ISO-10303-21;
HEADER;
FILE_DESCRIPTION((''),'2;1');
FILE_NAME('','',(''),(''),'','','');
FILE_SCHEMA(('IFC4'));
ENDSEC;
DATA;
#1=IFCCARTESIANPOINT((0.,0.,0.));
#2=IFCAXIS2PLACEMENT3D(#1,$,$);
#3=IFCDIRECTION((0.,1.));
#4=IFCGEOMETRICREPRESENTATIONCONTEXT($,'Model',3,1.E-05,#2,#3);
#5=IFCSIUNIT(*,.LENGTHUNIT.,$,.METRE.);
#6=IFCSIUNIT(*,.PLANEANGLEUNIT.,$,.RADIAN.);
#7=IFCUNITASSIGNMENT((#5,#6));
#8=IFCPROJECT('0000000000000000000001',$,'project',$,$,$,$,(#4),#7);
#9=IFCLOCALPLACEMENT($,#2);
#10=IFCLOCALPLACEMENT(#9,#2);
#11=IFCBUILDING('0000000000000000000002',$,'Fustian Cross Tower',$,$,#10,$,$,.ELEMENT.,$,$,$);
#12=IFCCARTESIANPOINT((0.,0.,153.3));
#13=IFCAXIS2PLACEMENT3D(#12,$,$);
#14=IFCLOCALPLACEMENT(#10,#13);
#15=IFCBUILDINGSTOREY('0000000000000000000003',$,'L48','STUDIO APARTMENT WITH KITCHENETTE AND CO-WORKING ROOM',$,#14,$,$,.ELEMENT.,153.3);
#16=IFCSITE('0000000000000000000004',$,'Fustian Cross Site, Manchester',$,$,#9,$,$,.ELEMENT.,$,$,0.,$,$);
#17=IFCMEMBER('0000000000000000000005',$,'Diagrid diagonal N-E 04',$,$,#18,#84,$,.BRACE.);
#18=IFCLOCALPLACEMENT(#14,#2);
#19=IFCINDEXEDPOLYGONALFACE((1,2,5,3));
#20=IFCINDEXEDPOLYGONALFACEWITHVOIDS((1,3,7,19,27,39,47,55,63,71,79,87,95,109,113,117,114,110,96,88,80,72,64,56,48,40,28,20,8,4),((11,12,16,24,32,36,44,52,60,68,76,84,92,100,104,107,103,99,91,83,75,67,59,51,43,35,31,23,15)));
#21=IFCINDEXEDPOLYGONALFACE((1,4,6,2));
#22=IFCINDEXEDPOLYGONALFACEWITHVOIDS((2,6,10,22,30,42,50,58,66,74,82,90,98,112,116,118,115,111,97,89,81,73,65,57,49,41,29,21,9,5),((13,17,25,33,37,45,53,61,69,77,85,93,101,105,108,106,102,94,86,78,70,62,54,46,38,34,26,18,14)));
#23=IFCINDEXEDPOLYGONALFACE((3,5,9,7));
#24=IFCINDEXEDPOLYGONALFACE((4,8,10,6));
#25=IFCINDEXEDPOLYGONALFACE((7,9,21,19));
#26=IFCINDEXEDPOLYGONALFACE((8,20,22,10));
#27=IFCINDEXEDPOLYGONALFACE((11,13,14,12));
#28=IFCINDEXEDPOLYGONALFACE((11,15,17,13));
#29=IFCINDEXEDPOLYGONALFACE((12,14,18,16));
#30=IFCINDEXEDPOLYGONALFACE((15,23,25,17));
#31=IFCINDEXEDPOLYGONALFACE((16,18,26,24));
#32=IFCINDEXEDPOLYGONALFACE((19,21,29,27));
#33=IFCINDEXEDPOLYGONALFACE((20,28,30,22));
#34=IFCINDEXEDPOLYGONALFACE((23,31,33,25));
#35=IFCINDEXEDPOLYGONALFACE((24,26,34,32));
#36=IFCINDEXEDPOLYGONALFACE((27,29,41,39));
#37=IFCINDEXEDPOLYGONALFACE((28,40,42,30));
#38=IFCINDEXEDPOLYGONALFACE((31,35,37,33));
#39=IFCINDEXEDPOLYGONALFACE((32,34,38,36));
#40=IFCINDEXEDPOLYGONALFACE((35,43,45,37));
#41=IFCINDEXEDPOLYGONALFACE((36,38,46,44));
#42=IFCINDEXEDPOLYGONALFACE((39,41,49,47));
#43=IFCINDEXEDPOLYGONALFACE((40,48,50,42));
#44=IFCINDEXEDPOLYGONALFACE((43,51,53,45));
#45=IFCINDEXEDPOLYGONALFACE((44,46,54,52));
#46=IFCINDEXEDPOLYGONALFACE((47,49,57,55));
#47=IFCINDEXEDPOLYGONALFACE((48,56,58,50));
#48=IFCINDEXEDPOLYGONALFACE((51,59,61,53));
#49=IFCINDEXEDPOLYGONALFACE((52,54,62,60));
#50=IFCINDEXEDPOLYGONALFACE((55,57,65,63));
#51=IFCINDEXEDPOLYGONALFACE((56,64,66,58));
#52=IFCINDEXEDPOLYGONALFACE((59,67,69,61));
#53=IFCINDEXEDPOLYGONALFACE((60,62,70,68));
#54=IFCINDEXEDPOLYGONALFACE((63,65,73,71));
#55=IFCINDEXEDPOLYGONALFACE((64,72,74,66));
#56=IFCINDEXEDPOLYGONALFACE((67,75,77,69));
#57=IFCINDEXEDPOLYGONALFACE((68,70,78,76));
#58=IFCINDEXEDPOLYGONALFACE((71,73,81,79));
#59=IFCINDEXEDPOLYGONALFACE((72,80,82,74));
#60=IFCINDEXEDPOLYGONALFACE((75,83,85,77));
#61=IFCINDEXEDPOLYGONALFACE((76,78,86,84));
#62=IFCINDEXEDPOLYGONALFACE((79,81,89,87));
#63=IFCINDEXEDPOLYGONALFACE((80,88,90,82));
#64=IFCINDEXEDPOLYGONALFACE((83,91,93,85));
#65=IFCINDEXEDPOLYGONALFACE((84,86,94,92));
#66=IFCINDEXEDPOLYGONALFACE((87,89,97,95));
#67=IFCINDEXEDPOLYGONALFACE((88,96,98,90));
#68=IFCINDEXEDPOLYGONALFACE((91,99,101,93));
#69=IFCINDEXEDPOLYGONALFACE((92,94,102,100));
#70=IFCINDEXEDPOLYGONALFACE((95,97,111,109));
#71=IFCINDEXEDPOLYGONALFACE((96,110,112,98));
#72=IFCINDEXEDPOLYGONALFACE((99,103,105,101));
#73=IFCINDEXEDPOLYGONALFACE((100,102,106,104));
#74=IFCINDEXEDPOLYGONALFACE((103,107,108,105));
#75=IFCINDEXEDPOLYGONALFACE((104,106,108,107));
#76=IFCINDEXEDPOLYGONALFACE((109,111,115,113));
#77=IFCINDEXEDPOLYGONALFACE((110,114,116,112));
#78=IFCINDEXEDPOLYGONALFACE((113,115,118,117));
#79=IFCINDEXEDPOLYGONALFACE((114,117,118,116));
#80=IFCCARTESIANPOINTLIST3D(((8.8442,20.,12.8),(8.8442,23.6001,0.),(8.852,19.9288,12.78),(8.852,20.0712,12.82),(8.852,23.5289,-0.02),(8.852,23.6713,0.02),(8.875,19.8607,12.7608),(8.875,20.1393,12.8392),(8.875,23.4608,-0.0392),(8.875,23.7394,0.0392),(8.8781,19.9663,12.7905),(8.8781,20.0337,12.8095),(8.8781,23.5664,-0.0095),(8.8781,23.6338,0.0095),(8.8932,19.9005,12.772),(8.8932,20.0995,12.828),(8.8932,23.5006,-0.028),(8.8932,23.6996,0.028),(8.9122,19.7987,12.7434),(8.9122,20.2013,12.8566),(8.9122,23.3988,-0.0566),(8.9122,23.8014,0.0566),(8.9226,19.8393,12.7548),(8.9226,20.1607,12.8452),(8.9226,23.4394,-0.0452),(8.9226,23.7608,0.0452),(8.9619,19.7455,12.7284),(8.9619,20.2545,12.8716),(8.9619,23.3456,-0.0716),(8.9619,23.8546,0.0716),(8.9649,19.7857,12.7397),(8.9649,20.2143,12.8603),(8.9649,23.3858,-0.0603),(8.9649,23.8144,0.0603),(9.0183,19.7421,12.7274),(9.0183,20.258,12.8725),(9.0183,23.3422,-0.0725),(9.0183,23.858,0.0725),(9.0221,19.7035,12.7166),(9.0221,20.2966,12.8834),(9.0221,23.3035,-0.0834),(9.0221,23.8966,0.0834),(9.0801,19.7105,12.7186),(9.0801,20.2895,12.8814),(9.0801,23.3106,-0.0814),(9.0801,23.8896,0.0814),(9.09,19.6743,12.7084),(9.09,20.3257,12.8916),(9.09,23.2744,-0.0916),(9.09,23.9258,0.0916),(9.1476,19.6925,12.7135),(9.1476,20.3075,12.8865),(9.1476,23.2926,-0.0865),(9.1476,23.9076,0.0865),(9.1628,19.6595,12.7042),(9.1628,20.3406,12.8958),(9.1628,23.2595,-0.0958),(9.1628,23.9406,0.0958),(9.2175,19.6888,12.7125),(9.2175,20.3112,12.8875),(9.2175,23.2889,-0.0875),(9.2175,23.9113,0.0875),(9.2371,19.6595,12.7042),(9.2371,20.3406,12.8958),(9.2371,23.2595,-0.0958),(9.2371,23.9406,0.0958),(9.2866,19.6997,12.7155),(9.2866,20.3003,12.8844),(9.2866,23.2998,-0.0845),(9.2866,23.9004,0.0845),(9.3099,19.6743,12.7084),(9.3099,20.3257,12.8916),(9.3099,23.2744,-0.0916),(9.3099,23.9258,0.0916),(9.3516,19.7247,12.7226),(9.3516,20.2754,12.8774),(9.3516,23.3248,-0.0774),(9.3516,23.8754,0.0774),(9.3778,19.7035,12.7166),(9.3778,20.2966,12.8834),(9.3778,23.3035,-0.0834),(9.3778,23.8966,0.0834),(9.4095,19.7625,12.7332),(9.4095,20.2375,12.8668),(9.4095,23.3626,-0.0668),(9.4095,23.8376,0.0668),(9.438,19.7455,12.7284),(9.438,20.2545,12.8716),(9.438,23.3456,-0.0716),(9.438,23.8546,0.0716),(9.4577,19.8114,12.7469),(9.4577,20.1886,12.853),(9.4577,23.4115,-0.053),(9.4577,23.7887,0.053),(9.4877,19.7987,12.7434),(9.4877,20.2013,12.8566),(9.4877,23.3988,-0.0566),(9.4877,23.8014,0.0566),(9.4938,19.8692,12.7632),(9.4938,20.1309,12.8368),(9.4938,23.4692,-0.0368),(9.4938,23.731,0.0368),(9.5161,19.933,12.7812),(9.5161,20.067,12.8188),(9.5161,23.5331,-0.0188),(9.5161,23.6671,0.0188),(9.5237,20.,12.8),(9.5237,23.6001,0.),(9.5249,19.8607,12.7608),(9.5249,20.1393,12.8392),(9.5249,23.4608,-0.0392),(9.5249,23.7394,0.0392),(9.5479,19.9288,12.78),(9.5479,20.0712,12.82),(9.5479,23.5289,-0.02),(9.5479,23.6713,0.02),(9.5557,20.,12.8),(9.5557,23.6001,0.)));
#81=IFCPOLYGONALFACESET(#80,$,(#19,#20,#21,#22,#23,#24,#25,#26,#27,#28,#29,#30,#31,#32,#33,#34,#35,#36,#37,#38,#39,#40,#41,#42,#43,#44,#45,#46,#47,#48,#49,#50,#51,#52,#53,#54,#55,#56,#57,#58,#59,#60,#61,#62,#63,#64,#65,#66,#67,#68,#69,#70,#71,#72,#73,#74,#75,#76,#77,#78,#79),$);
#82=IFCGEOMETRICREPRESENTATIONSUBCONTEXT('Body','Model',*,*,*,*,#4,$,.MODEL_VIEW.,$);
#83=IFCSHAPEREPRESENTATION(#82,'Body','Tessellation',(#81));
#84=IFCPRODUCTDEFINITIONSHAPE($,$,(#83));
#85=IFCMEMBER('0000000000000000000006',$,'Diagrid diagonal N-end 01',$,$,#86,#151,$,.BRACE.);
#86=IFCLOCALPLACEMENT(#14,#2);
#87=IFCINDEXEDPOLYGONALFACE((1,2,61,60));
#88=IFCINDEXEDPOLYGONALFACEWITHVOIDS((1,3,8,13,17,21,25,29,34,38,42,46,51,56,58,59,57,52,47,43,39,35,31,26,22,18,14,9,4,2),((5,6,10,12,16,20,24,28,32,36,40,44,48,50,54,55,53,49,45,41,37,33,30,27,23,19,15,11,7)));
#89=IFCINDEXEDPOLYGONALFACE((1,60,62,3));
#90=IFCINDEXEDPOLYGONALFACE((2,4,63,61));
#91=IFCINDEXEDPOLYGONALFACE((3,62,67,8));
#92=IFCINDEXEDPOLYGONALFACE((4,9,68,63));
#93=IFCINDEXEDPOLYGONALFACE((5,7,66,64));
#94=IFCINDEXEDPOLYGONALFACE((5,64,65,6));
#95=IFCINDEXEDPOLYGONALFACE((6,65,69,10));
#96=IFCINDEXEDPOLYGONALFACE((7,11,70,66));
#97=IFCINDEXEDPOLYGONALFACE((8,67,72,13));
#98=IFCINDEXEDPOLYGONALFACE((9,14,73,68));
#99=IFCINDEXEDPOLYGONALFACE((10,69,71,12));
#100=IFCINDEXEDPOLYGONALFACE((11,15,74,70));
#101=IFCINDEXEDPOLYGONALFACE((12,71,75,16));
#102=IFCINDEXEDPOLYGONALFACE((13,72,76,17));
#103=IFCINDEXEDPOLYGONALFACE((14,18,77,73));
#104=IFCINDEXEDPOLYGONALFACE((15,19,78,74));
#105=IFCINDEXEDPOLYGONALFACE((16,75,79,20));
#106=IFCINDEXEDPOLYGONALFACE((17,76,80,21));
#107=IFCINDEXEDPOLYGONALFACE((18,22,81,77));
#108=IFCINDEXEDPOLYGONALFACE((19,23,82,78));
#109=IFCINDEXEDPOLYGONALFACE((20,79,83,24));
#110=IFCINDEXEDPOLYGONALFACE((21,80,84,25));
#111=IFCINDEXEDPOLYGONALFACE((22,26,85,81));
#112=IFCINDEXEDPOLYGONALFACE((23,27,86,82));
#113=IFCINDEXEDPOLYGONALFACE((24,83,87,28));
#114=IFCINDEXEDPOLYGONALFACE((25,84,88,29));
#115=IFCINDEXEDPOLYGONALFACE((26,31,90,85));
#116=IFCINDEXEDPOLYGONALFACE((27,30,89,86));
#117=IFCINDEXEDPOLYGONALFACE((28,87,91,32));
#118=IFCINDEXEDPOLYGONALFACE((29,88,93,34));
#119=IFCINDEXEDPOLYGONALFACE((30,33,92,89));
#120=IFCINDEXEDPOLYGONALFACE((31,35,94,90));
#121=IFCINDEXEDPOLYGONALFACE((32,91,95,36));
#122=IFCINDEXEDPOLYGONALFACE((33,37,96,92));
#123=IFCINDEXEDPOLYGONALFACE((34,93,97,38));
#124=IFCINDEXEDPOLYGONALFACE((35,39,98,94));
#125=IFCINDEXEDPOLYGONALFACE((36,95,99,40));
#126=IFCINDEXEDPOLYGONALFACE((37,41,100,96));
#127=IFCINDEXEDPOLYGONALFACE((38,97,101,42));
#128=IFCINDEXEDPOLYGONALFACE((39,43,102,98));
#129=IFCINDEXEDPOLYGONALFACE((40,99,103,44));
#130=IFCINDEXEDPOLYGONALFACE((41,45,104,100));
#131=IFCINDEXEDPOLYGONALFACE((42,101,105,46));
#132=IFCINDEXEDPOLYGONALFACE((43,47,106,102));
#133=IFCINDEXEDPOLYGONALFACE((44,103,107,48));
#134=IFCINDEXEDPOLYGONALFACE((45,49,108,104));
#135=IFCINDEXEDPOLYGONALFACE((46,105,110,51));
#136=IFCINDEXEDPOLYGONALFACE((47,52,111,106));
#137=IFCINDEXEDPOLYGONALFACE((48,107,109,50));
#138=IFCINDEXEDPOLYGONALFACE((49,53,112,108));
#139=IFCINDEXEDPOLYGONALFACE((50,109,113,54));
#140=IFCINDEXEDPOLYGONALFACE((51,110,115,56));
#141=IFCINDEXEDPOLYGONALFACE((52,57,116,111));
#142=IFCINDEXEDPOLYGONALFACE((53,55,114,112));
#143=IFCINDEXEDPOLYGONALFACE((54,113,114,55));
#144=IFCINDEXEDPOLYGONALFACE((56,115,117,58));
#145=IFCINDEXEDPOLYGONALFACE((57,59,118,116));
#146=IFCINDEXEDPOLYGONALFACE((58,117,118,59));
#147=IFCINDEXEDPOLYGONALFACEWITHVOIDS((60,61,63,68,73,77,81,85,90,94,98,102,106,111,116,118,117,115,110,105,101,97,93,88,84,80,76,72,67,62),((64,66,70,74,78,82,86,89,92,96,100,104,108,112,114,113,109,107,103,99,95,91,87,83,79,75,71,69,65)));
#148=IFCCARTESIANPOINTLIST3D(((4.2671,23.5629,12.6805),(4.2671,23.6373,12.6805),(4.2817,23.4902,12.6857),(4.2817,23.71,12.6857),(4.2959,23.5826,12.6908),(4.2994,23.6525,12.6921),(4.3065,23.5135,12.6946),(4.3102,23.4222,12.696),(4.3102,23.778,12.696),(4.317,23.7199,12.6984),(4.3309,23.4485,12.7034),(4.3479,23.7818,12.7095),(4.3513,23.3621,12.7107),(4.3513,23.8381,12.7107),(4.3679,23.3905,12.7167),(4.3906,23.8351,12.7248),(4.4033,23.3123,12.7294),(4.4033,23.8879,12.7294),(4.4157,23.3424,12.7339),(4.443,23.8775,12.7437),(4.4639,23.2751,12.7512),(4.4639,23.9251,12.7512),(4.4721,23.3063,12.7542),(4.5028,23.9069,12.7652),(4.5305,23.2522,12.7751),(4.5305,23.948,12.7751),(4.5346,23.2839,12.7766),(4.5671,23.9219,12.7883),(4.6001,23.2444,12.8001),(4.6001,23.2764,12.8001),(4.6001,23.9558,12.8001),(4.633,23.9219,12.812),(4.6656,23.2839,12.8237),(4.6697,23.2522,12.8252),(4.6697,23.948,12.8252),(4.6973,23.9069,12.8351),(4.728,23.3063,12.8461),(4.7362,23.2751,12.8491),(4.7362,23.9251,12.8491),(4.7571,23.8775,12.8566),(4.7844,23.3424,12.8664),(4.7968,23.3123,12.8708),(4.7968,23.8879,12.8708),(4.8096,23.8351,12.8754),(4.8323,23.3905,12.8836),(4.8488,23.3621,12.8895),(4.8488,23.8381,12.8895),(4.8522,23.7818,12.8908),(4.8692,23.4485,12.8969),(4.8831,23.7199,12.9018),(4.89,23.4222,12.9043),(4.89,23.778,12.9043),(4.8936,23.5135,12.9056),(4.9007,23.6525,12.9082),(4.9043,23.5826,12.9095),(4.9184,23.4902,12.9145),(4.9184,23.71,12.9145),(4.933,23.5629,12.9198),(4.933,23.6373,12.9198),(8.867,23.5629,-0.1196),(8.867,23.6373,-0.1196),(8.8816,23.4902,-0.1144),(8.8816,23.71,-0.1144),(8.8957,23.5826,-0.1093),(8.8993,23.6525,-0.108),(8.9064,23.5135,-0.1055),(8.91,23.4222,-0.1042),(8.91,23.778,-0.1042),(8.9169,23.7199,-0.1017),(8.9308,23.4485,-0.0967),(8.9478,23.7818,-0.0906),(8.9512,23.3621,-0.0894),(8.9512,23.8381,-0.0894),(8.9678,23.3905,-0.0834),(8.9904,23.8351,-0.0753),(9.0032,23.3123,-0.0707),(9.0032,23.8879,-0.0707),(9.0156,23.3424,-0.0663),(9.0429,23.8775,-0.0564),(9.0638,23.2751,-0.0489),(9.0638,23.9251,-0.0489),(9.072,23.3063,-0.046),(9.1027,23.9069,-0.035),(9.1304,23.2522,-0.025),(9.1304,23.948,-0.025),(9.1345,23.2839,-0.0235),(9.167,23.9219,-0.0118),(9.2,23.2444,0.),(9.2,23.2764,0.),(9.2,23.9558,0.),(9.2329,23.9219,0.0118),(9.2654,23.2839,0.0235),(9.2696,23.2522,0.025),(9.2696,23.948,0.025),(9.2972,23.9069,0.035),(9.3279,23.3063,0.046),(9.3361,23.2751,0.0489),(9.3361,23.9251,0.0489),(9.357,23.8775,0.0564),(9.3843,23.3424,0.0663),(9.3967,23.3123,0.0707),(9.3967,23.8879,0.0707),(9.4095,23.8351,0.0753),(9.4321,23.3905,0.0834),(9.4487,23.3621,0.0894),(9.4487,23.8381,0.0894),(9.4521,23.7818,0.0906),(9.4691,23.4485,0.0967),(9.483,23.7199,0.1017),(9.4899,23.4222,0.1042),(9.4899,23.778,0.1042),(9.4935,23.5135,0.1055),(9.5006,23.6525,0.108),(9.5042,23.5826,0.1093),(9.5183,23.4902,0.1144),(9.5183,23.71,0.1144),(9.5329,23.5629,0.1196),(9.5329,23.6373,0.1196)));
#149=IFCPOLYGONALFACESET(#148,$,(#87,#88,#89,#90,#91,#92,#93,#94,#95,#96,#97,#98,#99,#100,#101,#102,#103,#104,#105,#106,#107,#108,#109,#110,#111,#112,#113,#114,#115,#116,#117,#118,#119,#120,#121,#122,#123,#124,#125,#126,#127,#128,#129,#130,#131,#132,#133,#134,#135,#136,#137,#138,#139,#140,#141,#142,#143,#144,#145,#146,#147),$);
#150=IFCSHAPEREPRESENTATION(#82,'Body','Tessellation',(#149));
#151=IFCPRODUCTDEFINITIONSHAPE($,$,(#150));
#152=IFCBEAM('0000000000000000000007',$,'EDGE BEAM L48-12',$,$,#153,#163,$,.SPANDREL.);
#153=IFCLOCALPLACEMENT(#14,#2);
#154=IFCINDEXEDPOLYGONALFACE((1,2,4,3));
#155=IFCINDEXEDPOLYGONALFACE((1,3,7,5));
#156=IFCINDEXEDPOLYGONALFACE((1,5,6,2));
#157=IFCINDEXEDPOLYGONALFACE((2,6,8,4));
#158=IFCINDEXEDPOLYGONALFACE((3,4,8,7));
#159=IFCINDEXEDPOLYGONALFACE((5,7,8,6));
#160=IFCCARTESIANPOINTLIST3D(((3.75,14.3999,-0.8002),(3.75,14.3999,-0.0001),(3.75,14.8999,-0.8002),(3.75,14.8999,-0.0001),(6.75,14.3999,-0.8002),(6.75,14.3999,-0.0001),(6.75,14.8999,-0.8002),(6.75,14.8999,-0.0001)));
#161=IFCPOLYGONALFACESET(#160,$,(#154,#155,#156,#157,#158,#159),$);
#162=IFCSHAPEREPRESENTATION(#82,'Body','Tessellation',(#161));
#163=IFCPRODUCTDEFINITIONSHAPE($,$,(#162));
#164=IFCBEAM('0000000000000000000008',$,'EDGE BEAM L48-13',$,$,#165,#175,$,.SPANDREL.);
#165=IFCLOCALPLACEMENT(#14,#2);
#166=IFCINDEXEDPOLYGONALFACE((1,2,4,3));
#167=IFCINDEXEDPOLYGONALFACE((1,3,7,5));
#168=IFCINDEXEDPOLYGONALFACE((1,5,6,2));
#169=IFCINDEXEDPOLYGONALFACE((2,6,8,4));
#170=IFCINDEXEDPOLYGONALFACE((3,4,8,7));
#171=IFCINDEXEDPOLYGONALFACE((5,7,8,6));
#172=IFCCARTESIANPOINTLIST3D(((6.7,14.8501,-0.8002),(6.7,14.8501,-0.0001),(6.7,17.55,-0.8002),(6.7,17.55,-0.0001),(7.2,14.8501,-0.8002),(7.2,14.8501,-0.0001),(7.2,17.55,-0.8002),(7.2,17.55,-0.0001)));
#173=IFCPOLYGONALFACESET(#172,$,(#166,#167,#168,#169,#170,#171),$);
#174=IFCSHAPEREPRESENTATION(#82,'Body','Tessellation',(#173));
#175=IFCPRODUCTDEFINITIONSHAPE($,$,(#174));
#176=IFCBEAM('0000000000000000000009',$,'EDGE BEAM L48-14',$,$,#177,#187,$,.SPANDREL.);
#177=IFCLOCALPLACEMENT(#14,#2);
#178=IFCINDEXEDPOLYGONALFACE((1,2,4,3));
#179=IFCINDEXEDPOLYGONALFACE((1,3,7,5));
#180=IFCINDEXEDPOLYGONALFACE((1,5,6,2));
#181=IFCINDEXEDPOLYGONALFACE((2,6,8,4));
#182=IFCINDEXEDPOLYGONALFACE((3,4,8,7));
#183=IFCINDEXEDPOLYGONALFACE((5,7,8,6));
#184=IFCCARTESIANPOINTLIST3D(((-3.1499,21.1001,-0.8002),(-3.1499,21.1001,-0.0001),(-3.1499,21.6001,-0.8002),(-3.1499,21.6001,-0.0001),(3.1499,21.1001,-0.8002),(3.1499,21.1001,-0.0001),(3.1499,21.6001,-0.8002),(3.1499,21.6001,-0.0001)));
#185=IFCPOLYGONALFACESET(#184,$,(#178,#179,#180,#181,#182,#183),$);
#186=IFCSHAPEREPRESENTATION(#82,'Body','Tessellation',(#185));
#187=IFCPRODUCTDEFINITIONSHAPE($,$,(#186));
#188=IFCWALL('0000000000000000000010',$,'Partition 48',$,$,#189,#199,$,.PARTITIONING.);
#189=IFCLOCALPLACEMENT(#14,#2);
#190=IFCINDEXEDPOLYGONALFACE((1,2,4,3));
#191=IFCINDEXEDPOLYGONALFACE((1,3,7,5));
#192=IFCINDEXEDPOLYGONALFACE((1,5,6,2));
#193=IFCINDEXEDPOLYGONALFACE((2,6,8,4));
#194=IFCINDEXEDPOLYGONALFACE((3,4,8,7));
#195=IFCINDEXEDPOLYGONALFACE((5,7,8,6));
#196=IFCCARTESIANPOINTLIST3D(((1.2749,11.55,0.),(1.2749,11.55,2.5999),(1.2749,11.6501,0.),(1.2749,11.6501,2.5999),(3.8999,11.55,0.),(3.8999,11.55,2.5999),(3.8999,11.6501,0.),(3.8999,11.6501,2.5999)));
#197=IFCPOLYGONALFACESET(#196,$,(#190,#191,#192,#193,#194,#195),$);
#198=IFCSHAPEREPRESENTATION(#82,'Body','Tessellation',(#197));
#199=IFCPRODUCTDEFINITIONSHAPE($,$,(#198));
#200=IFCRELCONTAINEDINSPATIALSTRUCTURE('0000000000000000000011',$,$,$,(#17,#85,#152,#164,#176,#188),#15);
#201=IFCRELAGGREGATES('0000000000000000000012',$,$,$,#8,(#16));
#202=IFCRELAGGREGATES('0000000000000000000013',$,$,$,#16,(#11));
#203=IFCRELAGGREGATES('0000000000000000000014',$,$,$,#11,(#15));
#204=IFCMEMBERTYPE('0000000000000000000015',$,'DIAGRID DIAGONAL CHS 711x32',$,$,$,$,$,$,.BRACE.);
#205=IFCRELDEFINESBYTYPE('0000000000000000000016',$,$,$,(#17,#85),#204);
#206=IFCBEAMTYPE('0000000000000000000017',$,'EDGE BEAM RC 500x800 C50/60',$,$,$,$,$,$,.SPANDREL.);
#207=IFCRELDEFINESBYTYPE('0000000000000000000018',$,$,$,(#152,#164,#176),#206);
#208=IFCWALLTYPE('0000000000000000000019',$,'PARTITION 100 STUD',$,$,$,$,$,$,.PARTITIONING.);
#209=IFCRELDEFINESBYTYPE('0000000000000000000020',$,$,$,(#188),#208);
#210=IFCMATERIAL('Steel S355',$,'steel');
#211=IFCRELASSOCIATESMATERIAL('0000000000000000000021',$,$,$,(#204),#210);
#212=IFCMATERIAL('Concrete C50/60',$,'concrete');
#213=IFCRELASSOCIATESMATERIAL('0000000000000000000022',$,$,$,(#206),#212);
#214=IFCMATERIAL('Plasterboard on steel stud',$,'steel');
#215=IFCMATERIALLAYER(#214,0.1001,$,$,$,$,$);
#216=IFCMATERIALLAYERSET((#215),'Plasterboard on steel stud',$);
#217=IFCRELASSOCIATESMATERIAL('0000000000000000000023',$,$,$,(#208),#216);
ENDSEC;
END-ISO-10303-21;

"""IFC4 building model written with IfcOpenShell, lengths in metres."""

from ifc_helpers import new_model, si_unit, direction, frame, frame_2d, origin, origin_2d, place, context, subcontext, project, spatial, rectangle, hollow_circle, extrude, material, layer, layer_set, material_profile, profile_set, type_object, element, save


model = new_model("IFC4")

# Units and contexts
model_context = context("Model", 3, precision=1e-05, world=origin(), true_north=direction((0.0, 1.0)))
body_context = subcontext(model_context, "Body", "Model", "MODEL_VIEW")
ifc_project = project(units=[si_unit("LENGTHUNIT", "METRE"), si_unit("PLANEANGLEUNIT", "RADIAN")], contexts=[model_context])

# Site, building, storey
site_placement = place(None, origin())
site = spatial("IfcSite", under=ifc_project, at=site_placement, Name="Fustian Cross Site, Manchester", CompositionType="ELEMENT", RefElevation=0.0)
building_placement = place(site_placement, origin())
building = spatial("IfcBuilding", under=site, at=building_placement, Name="Fustian Cross Tower", CompositionType="ELEMENT")
storey_placement = place(building_placement, frame((0.0, 0.0, 153.3)))
storey = spatial("IfcBuildingStorey", under=building, at=storey_placement, Name="L48", Description="STUDIO APARTMENT WITH KITCHENETTE AND CO-WORKING ROOM", CompositionType="ELEMENT", Elevation=153.3)

# Members
ifc_material_1 = material(Name="Steel S355", Category="steel")
ifc_material_profile_1 = material_profile(ifc_material_1, hollow_circle(Radius=0.3557, WallThickness=0.032, at=origin_2d()), Name="CHS 711x32")
ifc_profile_set_1 = profile_set([ifc_material_profile_1], Name="Steel S355")
member_type_1 = type_object("IfcMemberType", Name="DIAGRID DIAGONAL CHS 711x32", PredefinedType="BRACE", material=ifc_profile_set_1)
member_1_placement = place(storey_placement, frame((9.2, 23.6001, 0.0), z_axis=(0.0, -0.270751, 0.962649), x_axis=(1.0, 0.0, 0.0)))
element("IfcMember", 1, at=member_1_placement, inside=storey, type_object=member_type_1, Name="Diagrid diagonal N-E 04", PredefinedType="BRACE", context=body_context, shape_type="SweptSolid", body=[
    extrude(hollow_circle(Radius=0.3557, WallThickness=0.032, at=origin_2d()), origin(), (0.0, 0.0, 1.0), 13.2966),
])
member_2_placement = place(storey_placement, frame((9.2, 23.6001, 0.0), z_axis=(-0.338188, 0.0, 0.941079), x_axis=(0.0, -1.0, 0.0)))
element("IfcMember", 2, at=member_2_placement, inside=storey, type_object=member_type_1, Name="Diagrid diagonal N-end 01", PredefinedType="BRACE", context=body_context, shape_type="SweptSolid", body=[
    extrude(hollow_circle(Radius=0.3557, WallThickness=0.032, at=origin_2d()), origin(), (0.0, 0.0, 1.0), 13.6016),
])

# Beams
ifc_material_2 = material(Name="Concrete C50/60", Category="concrete")
ifc_material_profile_2 = material_profile(ifc_material_2, rectangle(XDim=0.5, YDim=0.8, at=origin_2d()), Name="RC 500x800")
ifc_profile_set_2 = profile_set([ifc_material_profile_2], Name="Concrete C50/60")
beam_type = type_object("IfcBeamType", Name="EDGE BEAM RC 500x800 C50/60", PredefinedType="SPANDREL", material=ifc_profile_set_2)
beam_1_placement = place(storey_placement, frame((3.75, 14.6499, -0.4001), z_axis=(1.0, 0.0, 0.0), x_axis=(0.0, 1.0, 0.0)))
element("IfcBeam", 3, at=beam_1_placement, inside=storey, type_object=beam_type, Name="EDGE BEAM L48-12", PredefinedType="SPANDREL", context=body_context, shape_type="SweptSolid", body=[
    extrude(rectangle(XDim=0.5, YDim=0.8, at=origin_2d()), origin(), (0.0, 0.0, 1.0), 3.0),
])
beam_2_placement = place(storey_placement, frame((6.95, 14.8501, -0.4001), z_axis=(0.0, 1.0, 0.0), x_axis=(-1.0, 0.0, 0.0)))
element("IfcBeam", 4, at=beam_2_placement, inside=storey, type_object=beam_type, Name="EDGE BEAM L48-13", PredefinedType="SPANDREL", context=body_context, shape_type="SweptSolid", body=[
    extrude(rectangle(XDim=0.5, YDim=0.8, at=origin_2d()), origin(), (0.0, 0.0, 1.0), 2.7),
])
beam_3_placement = place(storey_placement, frame((3.1499, 21.3501, -0.4001), z_axis=(-1.0, 0.0, 0.0), x_axis=(0.0, -1.0, 0.0)))
element("IfcBeam", 5, at=beam_3_placement, inside=storey, type_object=beam_type, Name="EDGE BEAM L48-14", PredefinedType="SPANDREL", context=body_context, shape_type="SweptSolid", body=[
    extrude(rectangle(XDim=0.5, YDim=0.8, at=origin_2d()), origin(), (0.0, 0.0, 1.0), 6.2998),
])

# Wall
ifc_material_3 = material(Name="Plasterboard on steel stud", Category="steel")
ifc_layer_1 = layer(ifc_material_3, 0.1001)
ifc_layer_set_1 = layer_set([ifc_layer_1], Name="Plasterboard on steel stud")
wall_type_1 = type_object("IfcWallType", Name="PARTITION 100 STUD", PredefinedType="PARTITIONING", material=ifc_layer_set_1)
for number, where, z_axis, x_axis, name in (
    (6, (1.2749, 11.6001, 0.0), (0.0, 0.0, 1.0), (1.0, 0.0, 0.0), "Partition 48"),
):
    element("IfcWall", number, at=place(storey_placement, frame(where, z_axis=z_axis, x_axis=x_axis)), inside=storey, type_object=wall_type_1, Name=name, PredefinedType="PARTITIONING", context=body_context, shape_type="SweptSolid", body=[
        extrude(rectangle(XDim=2.625, YDim=0.1001, at=frame_2d((1.3125, 0.0))), origin(), (0.0, 0.0, 1.0), 2.5999),
    ])

save(model, "model.ifc")
